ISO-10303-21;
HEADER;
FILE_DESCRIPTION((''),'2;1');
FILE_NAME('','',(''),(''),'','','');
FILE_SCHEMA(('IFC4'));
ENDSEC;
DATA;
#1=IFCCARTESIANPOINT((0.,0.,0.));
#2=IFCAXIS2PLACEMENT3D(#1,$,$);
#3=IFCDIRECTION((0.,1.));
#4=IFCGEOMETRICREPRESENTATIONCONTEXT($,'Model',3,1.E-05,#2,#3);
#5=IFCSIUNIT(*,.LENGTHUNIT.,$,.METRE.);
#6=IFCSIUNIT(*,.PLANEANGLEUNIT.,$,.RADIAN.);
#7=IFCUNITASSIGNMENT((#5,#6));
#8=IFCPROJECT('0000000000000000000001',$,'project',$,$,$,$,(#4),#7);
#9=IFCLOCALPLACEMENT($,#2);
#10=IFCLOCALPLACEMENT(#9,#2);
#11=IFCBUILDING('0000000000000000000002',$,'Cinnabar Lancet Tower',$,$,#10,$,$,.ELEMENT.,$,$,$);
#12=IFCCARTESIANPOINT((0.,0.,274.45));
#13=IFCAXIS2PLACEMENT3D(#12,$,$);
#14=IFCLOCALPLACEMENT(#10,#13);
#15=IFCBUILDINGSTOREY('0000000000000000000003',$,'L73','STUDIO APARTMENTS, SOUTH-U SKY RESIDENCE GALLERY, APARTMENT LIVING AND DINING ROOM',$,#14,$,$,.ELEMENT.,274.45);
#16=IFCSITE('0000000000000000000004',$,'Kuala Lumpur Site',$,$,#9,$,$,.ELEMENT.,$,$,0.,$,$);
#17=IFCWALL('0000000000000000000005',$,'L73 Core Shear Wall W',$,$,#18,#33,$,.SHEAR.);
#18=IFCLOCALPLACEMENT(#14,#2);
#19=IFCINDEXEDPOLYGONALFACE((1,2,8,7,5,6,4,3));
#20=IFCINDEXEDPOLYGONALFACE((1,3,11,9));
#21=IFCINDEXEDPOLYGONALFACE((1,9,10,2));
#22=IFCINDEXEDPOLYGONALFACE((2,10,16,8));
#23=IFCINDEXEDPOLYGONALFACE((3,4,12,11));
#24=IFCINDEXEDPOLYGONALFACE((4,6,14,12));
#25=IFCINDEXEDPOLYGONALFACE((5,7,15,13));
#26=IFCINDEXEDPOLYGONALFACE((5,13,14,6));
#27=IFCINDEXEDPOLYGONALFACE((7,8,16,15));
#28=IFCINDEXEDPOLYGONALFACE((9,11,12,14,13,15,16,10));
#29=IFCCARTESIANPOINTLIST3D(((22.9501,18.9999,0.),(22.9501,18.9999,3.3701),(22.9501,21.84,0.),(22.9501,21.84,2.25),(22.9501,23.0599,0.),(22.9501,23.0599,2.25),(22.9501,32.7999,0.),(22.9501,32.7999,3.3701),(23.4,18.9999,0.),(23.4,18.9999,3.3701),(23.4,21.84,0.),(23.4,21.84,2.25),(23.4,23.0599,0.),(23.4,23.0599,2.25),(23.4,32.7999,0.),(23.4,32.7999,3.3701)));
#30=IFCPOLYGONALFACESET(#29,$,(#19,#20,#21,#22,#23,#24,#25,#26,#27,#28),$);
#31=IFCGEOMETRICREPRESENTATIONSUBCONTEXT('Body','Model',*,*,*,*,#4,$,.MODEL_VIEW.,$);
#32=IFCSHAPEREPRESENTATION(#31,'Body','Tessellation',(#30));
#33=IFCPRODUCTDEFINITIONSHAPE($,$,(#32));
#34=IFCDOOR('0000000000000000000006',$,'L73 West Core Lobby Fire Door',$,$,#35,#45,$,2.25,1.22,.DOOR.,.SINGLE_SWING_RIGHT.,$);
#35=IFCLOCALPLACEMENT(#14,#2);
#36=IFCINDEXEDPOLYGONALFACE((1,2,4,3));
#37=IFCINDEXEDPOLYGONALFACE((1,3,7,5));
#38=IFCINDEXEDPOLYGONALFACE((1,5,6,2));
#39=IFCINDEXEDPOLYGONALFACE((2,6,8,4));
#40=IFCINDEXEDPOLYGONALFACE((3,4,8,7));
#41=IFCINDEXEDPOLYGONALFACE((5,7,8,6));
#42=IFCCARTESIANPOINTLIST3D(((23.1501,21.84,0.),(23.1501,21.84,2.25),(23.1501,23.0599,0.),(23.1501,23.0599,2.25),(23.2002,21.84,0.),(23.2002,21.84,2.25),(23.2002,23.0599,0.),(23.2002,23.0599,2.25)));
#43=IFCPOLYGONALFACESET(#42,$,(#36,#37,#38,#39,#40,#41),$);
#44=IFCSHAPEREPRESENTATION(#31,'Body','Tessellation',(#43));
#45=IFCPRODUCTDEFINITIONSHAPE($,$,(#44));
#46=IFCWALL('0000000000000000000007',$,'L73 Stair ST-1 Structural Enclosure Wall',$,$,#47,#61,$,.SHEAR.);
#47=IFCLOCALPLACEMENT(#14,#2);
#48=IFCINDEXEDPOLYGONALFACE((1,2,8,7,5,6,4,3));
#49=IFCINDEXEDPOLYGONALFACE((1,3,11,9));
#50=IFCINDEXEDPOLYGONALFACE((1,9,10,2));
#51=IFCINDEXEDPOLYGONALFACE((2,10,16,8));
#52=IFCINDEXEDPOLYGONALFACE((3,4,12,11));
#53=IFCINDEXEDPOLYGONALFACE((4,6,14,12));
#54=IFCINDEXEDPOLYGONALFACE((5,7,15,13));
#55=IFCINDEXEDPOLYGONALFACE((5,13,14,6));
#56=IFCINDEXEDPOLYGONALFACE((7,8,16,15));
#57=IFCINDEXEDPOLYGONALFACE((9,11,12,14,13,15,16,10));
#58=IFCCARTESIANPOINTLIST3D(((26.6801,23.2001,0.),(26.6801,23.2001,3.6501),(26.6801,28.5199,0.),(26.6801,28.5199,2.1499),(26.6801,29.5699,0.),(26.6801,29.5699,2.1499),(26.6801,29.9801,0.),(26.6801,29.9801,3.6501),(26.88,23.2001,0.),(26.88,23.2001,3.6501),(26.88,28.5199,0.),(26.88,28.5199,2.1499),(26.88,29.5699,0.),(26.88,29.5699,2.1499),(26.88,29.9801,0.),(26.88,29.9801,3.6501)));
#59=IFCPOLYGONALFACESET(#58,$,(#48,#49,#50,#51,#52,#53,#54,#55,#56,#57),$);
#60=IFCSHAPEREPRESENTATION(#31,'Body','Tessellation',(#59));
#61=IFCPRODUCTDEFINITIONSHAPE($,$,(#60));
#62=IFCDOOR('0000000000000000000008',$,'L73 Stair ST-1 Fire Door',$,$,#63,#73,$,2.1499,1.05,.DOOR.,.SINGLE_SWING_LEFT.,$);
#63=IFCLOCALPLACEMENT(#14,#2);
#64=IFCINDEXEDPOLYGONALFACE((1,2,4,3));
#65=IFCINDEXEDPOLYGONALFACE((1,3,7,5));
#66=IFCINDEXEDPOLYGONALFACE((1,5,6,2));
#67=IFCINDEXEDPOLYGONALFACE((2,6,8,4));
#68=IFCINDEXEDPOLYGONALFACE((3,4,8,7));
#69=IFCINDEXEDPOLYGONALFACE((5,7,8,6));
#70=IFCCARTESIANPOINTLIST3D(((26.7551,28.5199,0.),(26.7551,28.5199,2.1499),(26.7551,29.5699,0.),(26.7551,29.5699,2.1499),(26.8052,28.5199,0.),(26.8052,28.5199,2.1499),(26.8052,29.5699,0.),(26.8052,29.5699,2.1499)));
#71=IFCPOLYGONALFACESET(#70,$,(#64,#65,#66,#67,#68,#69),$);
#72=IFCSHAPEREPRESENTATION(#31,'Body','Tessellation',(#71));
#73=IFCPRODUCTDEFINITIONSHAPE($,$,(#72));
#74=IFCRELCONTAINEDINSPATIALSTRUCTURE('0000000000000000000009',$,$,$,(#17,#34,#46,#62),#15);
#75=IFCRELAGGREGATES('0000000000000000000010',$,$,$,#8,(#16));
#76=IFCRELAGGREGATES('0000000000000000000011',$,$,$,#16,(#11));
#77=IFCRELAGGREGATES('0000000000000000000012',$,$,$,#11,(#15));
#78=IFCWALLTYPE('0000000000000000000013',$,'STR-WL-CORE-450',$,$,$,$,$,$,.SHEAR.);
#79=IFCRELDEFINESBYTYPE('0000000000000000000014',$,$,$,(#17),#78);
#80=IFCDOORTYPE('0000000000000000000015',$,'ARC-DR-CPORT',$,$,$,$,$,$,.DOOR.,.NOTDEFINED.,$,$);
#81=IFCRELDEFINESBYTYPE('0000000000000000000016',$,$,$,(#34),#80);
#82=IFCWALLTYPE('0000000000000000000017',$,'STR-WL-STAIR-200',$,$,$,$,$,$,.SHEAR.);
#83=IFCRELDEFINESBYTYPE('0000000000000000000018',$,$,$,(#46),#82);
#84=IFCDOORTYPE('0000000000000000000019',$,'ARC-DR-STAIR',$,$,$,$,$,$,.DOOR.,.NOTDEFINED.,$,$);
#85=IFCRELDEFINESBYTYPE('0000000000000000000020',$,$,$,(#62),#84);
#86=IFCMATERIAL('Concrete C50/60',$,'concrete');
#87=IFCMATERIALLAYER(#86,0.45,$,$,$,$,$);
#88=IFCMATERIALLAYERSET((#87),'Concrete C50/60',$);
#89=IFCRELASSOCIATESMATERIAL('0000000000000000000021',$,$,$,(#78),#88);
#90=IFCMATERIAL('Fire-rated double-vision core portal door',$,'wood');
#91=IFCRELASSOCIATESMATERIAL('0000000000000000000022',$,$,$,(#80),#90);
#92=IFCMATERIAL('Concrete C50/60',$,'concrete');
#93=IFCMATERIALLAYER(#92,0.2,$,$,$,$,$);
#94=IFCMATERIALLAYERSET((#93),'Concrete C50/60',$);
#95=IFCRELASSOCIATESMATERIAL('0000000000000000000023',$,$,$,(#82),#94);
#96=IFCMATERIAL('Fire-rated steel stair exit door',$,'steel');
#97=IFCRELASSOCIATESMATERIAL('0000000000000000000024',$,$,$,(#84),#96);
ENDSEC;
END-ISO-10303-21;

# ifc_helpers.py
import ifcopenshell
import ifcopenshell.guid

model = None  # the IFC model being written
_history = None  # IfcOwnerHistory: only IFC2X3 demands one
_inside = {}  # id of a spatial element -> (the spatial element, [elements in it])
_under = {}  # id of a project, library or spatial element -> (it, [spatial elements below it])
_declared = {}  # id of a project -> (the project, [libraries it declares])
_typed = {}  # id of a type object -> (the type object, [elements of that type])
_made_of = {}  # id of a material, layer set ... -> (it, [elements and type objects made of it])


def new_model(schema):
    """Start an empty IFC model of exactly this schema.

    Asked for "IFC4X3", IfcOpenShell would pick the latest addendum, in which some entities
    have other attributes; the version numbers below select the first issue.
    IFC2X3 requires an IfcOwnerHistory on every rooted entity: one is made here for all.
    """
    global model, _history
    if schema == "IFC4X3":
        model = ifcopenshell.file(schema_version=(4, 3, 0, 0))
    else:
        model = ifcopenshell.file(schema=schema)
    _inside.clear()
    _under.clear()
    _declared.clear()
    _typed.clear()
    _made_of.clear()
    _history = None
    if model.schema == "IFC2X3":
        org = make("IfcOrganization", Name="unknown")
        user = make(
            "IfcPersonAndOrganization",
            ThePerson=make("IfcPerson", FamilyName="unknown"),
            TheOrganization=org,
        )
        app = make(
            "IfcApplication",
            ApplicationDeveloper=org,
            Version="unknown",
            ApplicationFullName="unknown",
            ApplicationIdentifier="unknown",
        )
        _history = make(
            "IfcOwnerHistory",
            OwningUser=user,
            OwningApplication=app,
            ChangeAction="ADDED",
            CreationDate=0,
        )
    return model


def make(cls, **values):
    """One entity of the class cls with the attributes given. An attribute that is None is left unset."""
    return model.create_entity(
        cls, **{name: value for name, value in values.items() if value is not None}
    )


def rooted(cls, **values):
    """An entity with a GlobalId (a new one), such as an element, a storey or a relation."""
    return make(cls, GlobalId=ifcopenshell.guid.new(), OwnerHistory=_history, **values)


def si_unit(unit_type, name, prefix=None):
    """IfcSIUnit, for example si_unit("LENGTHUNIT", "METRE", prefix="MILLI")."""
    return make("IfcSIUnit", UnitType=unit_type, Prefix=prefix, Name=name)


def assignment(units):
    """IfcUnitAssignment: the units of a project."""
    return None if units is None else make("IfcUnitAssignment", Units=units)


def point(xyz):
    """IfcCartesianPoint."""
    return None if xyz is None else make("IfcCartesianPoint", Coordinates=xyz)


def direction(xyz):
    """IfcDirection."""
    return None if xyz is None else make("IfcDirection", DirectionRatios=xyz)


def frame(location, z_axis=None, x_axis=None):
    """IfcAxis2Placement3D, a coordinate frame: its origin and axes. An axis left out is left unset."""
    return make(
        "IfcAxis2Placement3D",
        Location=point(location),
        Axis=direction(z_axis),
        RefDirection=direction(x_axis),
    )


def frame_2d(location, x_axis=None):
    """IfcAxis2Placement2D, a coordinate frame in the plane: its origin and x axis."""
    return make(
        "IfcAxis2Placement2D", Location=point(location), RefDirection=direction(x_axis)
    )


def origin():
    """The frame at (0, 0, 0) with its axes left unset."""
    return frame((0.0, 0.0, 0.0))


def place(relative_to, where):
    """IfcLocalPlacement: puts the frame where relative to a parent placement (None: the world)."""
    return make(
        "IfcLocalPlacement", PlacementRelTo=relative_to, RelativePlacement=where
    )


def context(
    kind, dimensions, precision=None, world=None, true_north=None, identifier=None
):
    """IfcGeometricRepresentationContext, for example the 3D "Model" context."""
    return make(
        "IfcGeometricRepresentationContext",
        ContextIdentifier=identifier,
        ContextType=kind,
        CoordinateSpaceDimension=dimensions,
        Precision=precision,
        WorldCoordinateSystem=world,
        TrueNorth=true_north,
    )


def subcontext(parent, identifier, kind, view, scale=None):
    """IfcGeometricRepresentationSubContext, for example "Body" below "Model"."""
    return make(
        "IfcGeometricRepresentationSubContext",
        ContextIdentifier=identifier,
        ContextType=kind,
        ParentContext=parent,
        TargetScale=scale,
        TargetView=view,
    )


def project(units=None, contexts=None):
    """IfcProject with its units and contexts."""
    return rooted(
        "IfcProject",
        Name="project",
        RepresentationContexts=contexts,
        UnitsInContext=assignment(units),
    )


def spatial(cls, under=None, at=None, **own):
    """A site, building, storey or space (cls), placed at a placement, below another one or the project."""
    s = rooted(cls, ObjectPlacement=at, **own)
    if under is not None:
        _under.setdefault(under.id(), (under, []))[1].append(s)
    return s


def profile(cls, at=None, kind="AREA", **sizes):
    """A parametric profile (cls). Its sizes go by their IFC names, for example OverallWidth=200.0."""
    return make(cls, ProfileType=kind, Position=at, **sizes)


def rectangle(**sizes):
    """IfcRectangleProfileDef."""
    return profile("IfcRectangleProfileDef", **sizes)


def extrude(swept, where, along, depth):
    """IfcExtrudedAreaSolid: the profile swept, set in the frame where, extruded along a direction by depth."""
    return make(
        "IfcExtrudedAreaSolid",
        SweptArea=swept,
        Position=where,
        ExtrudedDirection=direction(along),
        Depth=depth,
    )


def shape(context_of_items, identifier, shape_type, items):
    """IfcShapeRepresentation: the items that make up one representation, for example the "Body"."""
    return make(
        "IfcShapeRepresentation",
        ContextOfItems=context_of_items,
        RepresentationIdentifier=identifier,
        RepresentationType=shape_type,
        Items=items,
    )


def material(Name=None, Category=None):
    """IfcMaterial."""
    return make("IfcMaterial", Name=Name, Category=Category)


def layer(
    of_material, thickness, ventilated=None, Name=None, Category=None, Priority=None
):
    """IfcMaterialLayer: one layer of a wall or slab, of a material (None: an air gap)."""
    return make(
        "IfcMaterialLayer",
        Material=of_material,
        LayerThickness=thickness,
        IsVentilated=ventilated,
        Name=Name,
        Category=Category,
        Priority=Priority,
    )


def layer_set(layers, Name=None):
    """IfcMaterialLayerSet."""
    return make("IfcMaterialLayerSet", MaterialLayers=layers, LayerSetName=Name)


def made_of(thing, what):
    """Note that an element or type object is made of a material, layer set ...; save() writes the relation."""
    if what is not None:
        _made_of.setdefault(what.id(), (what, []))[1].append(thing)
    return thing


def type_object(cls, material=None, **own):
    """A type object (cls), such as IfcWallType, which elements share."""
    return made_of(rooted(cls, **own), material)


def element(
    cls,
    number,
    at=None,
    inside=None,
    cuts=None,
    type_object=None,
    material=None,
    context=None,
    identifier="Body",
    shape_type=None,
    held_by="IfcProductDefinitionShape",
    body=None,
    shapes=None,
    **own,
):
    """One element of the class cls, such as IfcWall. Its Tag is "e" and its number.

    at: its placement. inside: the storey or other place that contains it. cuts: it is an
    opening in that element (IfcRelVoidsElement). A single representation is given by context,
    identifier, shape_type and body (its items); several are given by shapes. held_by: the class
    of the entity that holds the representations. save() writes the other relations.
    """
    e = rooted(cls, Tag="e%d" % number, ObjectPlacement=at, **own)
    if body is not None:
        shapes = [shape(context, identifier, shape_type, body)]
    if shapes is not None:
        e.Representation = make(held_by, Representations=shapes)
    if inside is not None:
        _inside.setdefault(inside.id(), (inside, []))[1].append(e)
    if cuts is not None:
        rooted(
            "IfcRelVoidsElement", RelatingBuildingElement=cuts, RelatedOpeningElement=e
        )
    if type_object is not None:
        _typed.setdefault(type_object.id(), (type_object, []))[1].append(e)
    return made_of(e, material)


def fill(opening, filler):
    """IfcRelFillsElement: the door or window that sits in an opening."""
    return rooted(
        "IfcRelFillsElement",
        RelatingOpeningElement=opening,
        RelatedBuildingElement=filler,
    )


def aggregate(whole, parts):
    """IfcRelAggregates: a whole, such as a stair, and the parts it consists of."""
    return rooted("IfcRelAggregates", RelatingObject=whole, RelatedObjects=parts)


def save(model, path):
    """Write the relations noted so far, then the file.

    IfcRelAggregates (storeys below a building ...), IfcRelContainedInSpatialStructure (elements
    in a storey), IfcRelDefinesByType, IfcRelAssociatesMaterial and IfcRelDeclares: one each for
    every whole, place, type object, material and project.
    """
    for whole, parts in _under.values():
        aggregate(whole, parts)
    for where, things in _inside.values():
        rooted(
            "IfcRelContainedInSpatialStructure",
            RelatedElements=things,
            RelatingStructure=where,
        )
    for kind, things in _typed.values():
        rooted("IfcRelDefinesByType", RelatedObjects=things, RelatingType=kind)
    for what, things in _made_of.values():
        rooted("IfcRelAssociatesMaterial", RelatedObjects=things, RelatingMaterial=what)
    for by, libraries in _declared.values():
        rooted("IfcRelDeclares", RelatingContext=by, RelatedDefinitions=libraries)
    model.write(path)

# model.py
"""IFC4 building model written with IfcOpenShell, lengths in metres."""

from ifc_helpers import new_model, si_unit, direction, frame, frame_2d, origin, place, context, subcontext, project, spatial, rectangle, extrude, material, layer, layer_set, type_object, element, fill, save


model = new_model("IFC4")

# Units and contexts
model_context = context("Model", 3, precision=1e-05, world=origin(), true_north=direction((0.0, 1.0)))
body_context = subcontext(model_context, "Body", "Model", "MODEL_VIEW")
ifc_project = project(units=[si_unit("LENGTHUNIT", "METRE"), si_unit("PLANEANGLEUNIT", "RADIAN")], contexts=[model_context])

# Site, building, storey
site_placement = place(None, origin())
site = spatial("IfcSite", under=ifc_project, at=site_placement, Name="Kuala Lumpur Site", CompositionType="ELEMENT", RefElevation=0.0)
building_placement = place(site_placement, origin())
building = spatial("IfcBuilding", under=site, at=building_placement, Name="Cinnabar Lancet Tower", CompositionType="ELEMENT")
storey_placement = place(building_placement, frame((0.0, 0.0, 274.45)))
storey = spatial("IfcBuildingStorey", under=building, at=storey_placement, Name="L73", Description="STUDIO APARTMENTS, SOUTH-U SKY RESIDENCE GALLERY, APARTMENT LIVING AND DINING ROOM", CompositionType="ELEMENT", Elevation=274.45)

# Shared definitions
ifc_material_1 = material(Name="Concrete C50/60", Category="concrete")
ifc_layer_1 = layer(ifc_material_1, 0.45)
ifc_layer_set_1 = layer_set([ifc_layer_1], Name="Concrete C50/60")
wall_type_1 = type_object("IfcWallType", Name="STR-WL-CORE-450", PredefinedType="SHEAR", material=ifc_layer_set_1)

# Walls, openings, doors
wall_1_placement = place(storey_placement, frame((23.175, 19.0, 0.0), z_axis=(0.0, 0.0, 1.0), x_axis=(0.0, 1.0, 0.0)))
wall_1 = element("IfcWall", 1, at=wall_1_placement, inside=storey, type_object=wall_type_1, Name="L73 Core Shear Wall W", PredefinedType="SHEAR", context=body_context, shape_type="SweptSolid", body=[
    extrude(rectangle(XDim=13.8, YDim=0.45, at=frame_2d((6.8999, 0.0))), origin(), (0.0, 0.0, 1.0), 3.3701),
])
opening_1_placement = place(wall_1_placement, frame((2.8401, 0.0, 0.0)))
opening_1 = element("IfcOpeningElement", 2, at=opening_1_placement, cuts=wall_1, PredefinedType="OPENING", context=body_context, shape_type="SweptSolid", body=[
    extrude(rectangle(XDim=1.22, YDim=2.25, at=frame_2d((0.6099, 1.125))), frame((0.0, 0.2349, 0.0), z_axis=(0.0, -1.0, 0.0), x_axis=(1.0, 0.0, 0.0)), (0.0, 0.0, 1.0), 0.47),
])
ifc_material_2 = material(Name="Fire-rated double-vision core portal door", Category="wood")
door_type_1 = type_object("IfcDoorType", Name="ARC-DR-CPORT", OperationType="NOTDEFINED", PredefinedType="DOOR", material=ifc_material_2)
door_1_placement = place(opening_1_placement, origin())
door_1 = element("IfcDoor", 3, at=door_1_placement, inside=storey, type_object=door_type_1, Name="L73 West Core Lobby Fire Door", OperationType="SINGLE_SWING_RIGHT", OverallHeight=2.25, OverallWidth=1.22, PredefinedType="DOOR", context=body_context, shape_type="SweptSolid", body=[
    extrude(rectangle(XDim=1.22, YDim=2.25, at=frame_2d((0.6099, 1.125))), frame((0.0, 0.0249, 0.0), z_axis=(0.0, -1.0, 0.0), x_axis=(1.0, 0.0, 0.0)), (0.0, 0.0, 1.0), 0.05),
])
fill(opening_1, door_1)
ifc_material_3 = material(Name="Concrete C50/60", Category="concrete")
ifc_layer_2 = layer(ifc_material_3, 0.2)
ifc_layer_set_2 = layer_set([ifc_layer_2], Name="Concrete C50/60")
wall_type_2 = type_object("IfcWallType", Name="STR-WL-STAIR-200", PredefinedType="SHEAR", material=ifc_layer_set_2)
wall_2_placement = place(storey_placement, frame((26.78, 23.2, 0.0), z_axis=(0.0, 0.0, 1.0), x_axis=(0.0, 1.0, 0.0)))
wall_2 = element("IfcWall", 4, at=wall_2_placement, inside=storey, type_object=wall_type_2, Name="L73 Stair ST-1 Structural Enclosure Wall", PredefinedType="SHEAR", context=body_context, shape_type="SweptSolid", body=[
    extrude(rectangle(XDim=6.78, YDim=0.2, at=frame_2d((3.3901, 0.0))), origin(), (0.0, 0.0, 1.0), 3.6501),
])
opening_2_placement = place(wall_2_placement, frame((5.3201, 0.0, 0.0)))
opening_2 = element("IfcOpeningElement", 5, at=opening_2_placement, cuts=wall_2, PredefinedType="OPENING", context=body_context, shape_type="SweptSolid", body=[
    extrude(rectangle(XDim=1.05, YDim=2.1499, at=frame_2d((0.5249, 1.075))), frame((0.0, 0.1099, 0.0), z_axis=(0.0, -1.0, 0.0), x_axis=(1.0, 0.0, 0.0)), (0.0, 0.0, 1.0), 0.22),
])
ifc_material_4 = material(Name="Fire-rated steel stair exit door", Category="steel")
door_type_2 = type_object("IfcDoorType", Name="ARC-DR-STAIR", OperationType="NOTDEFINED", PredefinedType="DOOR", material=ifc_material_4)
door_2_placement = place(opening_2_placement, origin())
door_2 = element("IfcDoor", 6, at=door_2_placement, inside=storey, type_object=door_type_2, Name="L73 Stair ST-1 Fire Door", OperationType="SINGLE_SWING_LEFT", OverallHeight=2.1499, OverallWidth=1.05, PredefinedType="DOOR", context=body_context, shape_type="SweptSolid", body=[
    extrude(rectangle(XDim=1.05, YDim=2.1499, at=frame_2d((0.5249, 1.075))), frame((0.0, 0.0249, 0.0), z_axis=(0.0, -1.0, 0.0), x_axis=(1.0, 0.0, 0.0)), (0.0, 0.0, 1.0), 0.05),
])
fill(opening_2, door_2)

save(model, "model.ifc")
